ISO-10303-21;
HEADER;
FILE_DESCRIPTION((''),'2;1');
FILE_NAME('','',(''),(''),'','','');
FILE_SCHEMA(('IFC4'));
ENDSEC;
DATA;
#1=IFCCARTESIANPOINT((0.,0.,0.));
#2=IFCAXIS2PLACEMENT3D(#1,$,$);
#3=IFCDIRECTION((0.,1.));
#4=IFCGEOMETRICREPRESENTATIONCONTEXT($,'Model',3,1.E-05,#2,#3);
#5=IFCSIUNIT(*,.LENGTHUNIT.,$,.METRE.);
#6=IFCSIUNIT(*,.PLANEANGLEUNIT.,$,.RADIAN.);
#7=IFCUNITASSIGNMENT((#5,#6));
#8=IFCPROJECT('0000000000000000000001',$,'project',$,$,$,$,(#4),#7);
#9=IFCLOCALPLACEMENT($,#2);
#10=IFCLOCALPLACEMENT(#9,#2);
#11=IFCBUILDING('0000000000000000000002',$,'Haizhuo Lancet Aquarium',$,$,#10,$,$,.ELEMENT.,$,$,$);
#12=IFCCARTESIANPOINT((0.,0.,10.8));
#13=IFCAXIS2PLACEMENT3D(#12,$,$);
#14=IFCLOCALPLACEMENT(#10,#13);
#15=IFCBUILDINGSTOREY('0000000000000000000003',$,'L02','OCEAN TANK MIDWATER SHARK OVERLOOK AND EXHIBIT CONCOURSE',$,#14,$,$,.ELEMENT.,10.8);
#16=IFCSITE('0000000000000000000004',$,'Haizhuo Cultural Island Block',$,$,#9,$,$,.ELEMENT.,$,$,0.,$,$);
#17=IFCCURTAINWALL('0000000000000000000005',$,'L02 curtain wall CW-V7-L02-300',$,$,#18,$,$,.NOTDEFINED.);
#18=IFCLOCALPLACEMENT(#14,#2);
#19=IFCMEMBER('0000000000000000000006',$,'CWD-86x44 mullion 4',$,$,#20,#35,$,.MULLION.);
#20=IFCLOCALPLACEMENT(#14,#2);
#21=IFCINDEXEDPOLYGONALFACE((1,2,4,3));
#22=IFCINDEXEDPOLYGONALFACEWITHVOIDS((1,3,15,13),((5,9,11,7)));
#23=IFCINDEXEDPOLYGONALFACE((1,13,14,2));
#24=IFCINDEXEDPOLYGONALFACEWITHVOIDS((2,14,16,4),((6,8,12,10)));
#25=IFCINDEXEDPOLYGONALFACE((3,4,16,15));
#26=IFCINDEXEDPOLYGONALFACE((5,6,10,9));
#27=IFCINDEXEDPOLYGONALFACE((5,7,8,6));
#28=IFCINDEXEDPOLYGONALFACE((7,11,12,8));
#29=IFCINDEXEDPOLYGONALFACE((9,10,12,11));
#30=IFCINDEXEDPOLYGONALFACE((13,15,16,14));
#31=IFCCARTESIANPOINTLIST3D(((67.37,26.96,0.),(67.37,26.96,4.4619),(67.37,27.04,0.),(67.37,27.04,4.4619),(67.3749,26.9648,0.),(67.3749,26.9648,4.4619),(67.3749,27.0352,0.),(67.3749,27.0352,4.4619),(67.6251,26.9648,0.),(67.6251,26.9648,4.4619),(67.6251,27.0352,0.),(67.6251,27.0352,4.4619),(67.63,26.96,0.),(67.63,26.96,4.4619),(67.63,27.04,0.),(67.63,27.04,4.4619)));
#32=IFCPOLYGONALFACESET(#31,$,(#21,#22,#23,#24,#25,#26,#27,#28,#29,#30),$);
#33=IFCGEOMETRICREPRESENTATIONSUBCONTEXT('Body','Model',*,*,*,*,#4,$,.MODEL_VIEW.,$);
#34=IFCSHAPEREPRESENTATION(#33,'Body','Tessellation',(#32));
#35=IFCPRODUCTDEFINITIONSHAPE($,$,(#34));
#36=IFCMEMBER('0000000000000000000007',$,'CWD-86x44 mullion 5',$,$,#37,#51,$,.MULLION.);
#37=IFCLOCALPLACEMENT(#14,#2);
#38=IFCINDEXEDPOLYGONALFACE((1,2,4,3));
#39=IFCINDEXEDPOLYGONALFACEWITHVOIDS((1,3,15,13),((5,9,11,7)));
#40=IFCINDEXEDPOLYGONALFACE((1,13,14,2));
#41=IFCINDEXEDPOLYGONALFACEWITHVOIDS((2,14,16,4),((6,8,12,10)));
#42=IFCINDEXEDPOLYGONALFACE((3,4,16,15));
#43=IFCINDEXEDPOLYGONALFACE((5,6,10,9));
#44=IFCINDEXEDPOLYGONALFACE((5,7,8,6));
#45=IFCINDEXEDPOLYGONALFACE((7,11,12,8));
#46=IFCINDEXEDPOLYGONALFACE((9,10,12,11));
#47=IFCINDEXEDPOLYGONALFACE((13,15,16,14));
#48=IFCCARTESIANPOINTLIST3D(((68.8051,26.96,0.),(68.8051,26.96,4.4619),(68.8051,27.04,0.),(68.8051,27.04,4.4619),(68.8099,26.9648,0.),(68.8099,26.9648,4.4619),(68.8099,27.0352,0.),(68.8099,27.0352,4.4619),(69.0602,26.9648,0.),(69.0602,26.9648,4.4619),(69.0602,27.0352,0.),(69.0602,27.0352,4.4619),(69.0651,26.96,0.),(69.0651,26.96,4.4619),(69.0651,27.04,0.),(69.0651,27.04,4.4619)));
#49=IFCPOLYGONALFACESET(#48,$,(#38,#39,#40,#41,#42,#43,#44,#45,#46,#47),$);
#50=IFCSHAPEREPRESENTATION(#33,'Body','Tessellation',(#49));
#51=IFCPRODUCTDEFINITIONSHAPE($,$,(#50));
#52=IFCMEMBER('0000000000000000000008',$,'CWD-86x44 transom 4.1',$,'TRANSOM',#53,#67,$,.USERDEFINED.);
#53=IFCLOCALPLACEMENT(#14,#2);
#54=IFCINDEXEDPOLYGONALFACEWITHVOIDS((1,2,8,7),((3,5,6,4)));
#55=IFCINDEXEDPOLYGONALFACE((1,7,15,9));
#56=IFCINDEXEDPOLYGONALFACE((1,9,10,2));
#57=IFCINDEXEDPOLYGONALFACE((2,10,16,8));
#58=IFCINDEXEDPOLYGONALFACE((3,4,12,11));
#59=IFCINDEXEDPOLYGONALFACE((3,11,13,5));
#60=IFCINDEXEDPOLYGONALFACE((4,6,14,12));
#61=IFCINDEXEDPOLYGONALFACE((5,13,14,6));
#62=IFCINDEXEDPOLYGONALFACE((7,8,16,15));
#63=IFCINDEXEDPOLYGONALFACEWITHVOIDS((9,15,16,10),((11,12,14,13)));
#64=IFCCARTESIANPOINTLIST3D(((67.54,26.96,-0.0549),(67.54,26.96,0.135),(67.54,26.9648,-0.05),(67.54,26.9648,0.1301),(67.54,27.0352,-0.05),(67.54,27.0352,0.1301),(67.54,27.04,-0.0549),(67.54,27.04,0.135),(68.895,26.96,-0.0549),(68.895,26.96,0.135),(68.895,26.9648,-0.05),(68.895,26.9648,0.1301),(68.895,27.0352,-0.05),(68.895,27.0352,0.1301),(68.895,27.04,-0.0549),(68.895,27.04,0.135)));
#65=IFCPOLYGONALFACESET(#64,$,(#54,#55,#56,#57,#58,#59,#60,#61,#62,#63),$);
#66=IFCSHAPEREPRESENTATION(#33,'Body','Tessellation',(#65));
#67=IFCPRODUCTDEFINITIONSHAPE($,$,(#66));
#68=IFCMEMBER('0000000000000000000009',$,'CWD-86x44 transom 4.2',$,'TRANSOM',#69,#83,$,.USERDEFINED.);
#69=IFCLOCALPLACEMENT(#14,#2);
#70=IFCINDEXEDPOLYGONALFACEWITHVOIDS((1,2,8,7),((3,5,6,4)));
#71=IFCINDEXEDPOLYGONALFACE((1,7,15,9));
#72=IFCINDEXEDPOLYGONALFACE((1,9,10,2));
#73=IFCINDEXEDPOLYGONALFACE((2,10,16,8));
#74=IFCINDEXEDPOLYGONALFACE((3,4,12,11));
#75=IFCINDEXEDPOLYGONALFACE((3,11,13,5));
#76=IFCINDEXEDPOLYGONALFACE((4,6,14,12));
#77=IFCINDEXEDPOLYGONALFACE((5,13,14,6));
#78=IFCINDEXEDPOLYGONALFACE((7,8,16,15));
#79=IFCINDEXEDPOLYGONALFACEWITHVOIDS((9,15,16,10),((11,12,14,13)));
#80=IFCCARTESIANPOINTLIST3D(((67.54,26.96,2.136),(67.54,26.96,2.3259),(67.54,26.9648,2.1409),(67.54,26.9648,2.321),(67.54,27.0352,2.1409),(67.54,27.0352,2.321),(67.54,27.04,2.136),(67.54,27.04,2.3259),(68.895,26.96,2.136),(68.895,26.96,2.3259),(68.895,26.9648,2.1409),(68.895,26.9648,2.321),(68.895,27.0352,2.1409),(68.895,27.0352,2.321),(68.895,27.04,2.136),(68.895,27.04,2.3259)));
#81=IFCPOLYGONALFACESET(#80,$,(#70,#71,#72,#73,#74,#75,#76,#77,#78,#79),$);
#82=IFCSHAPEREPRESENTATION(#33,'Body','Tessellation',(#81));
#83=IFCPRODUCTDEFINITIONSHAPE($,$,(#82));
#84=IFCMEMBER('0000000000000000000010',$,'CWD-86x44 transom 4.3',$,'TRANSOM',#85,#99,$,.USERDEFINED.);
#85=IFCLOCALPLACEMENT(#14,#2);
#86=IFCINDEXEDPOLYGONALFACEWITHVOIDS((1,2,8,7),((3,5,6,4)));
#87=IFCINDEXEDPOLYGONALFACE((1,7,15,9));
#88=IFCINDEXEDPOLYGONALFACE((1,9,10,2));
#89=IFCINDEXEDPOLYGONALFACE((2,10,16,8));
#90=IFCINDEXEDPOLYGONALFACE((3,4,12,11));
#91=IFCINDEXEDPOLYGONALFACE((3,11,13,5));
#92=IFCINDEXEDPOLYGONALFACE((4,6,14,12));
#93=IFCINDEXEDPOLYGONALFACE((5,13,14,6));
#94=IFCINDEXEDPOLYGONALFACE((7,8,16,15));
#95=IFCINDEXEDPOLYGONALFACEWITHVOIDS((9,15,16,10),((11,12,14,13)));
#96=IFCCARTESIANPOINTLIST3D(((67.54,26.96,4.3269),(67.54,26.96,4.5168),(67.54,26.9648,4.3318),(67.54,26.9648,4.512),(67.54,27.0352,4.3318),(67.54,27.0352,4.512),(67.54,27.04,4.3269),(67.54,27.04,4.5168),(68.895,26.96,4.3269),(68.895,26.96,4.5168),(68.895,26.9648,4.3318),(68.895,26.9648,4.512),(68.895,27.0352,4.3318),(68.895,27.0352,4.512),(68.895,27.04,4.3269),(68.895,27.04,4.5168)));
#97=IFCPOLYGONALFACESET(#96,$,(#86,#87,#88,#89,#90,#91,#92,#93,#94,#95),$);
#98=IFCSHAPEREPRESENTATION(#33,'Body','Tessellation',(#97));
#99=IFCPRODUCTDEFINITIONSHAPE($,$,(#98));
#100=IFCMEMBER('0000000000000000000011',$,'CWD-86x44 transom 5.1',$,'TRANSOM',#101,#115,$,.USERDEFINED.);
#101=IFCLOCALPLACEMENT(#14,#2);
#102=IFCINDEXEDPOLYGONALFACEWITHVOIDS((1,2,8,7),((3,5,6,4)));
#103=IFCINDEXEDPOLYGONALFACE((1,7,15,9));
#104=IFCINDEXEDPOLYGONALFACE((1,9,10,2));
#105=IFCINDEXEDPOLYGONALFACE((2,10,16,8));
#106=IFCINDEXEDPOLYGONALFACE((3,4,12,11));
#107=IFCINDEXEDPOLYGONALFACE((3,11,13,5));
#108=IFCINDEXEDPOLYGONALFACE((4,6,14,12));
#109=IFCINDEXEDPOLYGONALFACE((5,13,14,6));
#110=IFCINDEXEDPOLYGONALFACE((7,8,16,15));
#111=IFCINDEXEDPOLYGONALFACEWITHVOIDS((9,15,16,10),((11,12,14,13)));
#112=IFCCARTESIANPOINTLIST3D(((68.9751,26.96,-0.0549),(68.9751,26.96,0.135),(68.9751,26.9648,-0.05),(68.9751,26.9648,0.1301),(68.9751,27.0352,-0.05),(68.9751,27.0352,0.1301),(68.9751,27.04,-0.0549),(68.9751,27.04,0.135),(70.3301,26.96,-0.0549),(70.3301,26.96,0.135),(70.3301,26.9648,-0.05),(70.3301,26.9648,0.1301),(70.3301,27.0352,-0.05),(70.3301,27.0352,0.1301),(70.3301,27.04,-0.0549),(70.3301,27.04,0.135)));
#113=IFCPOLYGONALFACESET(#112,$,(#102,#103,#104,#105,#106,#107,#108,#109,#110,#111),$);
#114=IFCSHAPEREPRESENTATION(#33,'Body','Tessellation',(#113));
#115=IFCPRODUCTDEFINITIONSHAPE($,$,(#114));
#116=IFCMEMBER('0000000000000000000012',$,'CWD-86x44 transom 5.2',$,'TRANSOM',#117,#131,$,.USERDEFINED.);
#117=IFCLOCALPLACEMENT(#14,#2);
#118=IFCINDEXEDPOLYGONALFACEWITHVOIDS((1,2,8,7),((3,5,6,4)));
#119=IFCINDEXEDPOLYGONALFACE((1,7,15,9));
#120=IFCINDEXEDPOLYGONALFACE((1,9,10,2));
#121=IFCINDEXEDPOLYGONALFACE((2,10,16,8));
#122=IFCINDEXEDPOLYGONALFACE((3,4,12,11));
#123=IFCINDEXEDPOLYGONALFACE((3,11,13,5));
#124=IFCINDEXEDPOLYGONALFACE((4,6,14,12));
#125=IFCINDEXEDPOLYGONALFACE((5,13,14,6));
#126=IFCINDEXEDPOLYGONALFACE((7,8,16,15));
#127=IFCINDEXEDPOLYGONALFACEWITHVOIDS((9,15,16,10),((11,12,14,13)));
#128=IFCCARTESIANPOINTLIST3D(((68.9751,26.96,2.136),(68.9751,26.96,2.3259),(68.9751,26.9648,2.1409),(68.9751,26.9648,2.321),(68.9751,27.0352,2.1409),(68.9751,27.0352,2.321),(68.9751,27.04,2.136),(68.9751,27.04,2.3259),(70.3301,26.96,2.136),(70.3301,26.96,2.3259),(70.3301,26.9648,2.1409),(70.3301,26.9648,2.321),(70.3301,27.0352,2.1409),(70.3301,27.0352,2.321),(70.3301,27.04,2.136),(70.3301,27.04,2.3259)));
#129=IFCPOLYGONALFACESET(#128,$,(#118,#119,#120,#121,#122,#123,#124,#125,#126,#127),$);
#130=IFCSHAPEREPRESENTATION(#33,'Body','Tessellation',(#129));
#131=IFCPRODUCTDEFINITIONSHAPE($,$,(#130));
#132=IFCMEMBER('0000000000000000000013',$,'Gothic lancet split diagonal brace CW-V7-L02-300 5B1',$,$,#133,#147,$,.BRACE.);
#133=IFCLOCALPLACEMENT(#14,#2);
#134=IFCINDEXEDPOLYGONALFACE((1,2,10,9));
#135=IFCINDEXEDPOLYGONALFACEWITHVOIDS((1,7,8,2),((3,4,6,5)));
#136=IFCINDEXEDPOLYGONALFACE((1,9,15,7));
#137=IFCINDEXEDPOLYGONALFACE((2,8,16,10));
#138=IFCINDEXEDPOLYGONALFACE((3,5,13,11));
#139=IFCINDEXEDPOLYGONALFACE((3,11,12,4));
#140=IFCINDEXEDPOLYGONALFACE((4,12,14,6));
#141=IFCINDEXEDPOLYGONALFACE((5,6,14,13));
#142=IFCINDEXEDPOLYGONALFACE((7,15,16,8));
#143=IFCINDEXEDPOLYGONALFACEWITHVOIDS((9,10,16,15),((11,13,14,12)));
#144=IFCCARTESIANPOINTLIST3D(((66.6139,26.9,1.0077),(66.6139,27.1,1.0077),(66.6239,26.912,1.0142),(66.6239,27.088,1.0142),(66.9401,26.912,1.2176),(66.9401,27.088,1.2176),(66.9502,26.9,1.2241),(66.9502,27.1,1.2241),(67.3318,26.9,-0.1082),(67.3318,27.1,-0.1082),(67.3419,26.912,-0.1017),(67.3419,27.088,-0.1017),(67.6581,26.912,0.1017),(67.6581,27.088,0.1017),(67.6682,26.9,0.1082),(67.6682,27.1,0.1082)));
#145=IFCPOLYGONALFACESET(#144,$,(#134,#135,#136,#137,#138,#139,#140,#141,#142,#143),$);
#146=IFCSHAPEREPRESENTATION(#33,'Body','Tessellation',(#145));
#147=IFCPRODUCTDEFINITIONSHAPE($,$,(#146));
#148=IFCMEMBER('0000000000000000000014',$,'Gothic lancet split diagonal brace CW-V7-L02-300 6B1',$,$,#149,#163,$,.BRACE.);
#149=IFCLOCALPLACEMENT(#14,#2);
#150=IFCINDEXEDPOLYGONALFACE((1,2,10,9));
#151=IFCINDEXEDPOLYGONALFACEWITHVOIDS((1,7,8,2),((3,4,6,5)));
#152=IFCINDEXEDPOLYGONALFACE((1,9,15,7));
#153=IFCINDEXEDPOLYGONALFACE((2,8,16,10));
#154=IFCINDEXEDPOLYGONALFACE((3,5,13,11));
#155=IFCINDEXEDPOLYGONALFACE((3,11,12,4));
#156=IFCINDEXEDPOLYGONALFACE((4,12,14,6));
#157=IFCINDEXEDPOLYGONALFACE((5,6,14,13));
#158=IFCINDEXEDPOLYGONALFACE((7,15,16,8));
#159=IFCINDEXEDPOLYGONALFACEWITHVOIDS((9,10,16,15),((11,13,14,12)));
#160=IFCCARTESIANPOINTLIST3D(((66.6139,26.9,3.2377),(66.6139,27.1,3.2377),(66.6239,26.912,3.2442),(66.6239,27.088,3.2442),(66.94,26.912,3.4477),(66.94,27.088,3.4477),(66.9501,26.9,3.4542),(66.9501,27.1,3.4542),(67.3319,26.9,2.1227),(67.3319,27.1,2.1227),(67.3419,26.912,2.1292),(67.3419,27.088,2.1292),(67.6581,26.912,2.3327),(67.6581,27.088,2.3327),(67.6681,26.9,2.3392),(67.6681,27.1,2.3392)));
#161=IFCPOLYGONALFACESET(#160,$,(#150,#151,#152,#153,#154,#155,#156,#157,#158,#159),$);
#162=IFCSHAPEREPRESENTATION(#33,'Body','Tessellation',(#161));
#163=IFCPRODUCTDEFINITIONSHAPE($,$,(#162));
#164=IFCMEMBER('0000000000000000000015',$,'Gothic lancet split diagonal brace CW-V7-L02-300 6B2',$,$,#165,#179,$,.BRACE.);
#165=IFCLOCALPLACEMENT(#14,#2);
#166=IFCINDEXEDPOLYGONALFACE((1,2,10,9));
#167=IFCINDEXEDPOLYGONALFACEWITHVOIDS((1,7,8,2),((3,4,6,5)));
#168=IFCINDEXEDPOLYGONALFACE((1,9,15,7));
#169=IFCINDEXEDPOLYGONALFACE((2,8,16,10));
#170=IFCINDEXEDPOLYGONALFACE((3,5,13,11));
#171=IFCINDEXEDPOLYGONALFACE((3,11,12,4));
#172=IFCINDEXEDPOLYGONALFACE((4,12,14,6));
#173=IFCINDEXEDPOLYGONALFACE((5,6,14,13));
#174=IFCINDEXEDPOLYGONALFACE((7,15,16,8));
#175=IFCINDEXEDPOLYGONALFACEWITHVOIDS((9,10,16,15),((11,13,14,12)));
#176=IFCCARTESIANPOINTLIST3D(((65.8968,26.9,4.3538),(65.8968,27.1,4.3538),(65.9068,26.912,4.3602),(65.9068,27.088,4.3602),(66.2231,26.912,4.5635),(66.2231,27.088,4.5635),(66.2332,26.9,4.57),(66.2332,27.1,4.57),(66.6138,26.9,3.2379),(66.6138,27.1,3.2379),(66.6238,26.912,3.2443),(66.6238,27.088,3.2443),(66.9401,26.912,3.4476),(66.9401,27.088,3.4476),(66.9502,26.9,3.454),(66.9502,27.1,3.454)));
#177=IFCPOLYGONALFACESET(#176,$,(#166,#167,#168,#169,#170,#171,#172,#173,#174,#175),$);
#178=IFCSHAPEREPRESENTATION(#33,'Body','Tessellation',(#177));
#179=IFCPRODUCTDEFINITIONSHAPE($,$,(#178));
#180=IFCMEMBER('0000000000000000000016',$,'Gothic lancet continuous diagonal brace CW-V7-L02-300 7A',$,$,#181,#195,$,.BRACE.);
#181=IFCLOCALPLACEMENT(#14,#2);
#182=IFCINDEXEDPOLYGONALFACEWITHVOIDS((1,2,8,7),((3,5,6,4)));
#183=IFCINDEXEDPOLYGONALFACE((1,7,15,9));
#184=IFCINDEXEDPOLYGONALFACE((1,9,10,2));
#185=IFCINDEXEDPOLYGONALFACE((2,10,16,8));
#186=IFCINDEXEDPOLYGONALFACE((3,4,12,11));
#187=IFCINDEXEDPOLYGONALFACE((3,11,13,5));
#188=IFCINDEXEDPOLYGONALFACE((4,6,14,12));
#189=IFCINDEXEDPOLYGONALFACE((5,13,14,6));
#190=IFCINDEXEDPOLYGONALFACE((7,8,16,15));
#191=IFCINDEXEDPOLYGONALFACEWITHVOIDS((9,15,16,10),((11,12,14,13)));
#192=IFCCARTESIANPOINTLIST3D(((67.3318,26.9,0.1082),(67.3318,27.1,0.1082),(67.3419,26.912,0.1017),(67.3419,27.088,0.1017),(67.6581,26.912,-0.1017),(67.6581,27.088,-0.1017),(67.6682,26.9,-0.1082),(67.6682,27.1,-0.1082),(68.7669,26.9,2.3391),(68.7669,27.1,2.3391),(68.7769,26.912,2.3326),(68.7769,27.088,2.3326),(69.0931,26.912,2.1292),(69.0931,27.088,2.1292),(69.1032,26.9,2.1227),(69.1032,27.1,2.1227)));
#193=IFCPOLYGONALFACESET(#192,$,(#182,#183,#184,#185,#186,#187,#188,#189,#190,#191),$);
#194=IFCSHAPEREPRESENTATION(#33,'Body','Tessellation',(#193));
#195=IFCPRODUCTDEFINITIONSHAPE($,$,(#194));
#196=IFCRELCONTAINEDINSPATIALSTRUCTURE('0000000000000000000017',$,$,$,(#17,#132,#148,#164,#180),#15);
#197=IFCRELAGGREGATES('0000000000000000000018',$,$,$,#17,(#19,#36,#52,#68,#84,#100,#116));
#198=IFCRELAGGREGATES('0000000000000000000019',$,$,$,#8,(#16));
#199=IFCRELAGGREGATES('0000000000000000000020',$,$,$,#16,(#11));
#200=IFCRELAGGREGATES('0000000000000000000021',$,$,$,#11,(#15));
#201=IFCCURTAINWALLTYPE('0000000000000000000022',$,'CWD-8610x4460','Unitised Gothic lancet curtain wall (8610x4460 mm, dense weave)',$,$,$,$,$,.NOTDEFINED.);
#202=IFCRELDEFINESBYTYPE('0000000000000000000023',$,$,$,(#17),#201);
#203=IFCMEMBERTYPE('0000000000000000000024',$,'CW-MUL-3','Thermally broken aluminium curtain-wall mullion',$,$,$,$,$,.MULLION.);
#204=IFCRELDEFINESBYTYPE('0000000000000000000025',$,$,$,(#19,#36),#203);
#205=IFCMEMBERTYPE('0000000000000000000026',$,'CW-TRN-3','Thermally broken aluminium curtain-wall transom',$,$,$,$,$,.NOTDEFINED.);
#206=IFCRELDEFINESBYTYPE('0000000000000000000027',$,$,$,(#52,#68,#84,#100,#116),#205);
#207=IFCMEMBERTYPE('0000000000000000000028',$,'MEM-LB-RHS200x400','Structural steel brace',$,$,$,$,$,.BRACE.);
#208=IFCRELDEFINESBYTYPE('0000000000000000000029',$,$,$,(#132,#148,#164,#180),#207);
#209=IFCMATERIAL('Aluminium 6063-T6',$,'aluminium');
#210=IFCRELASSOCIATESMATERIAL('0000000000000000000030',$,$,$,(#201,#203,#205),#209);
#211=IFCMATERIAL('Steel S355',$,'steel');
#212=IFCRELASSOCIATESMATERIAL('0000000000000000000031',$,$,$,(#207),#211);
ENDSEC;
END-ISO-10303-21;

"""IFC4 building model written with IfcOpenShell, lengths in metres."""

from ifc_helpers import new_model, si_unit, direction, frame, origin, origin_2d, place, context, subcontext, project, spatial, hollow_rectangle, extrude, material, material_profile, profile_set, type_object, element, aggregate, save


model = new_model("IFC4")

# Units and contexts
model_context = context("Model", 3, precision=1e-05, world=origin(), true_north=direction((0.0, 1.0)))
body_context = subcontext(model_context, "Body", "Model", "MODEL_VIEW")
ifc_project = project(units=[si_unit("LENGTHUNIT", "METRE"), si_unit("PLANEANGLEUNIT", "RADIAN")], contexts=[model_context])

# Site, building, storey
site_placement = place(None, origin())
site = spatial("IfcSite", under=ifc_project, at=site_placement, Name="Haizhuo Cultural Island Block", CompositionType="ELEMENT", RefElevation=0.0)
building_placement = place(site_placement, origin())
building = spatial("IfcBuilding", under=site, at=building_placement, Name="Haizhuo Lancet Aquarium", CompositionType="ELEMENT")
storey_placement = place(building_placement, frame((0.0, 0.0, 10.8)))
storey = spatial("IfcBuildingStorey", under=building, at=storey_placement, Name="L02", Description="OCEAN TANK MIDWATER SHARK OVERLOOK AND EXHIBIT CONCOURSE", CompositionType="ELEMENT", Elevation=10.8)

# Curtain wall, members
ifc_material_1 = material(Name="Aluminium 6063-T6", Category="aluminium")
curtain_wall_type = type_object("IfcCurtainWallType", Name="CWD-8610x4460", Description="Unitised Gothic lancet curtain wall (8610x4460 mm, dense weave)", PredefinedType="NOTDEFINED", material=ifc_material_1)
curtain_wall_placement = place(storey_placement, origin())
curtain_wall = element("IfcCurtainWall", 1, at=curtain_wall_placement, inside=storey, type_object=curtain_wall_type, Name="L02 curtain wall CW-V7-L02-300", PredefinedType="NOTDEFINED")
ifc_material_profile_1 = material_profile(ifc_material_1, hollow_rectangle(XDim=0.0801, YDim=0.26, WallThickness=0.0049, at=origin_2d()), Name="ALU-M 80x260x5")
ifc_profile_set_1 = profile_set([ifc_material_profile_1], Name="Aluminium 6063-T6")
member_type_1 = type_object("IfcMemberType", Name="CW-MUL-3", Description="Thermally broken aluminium curtain-wall mullion", PredefinedType="MULLION", material=ifc_profile_set_1)
member_1_placement = place(storey_placement, frame((67.5, 27.0, 0.0), z_axis=(0.0, 0.0, 1.0), x_axis=(0.0, 1.0, 0.0)))
member_1 = element("IfcMember", 2, at=member_1_placement, type_object=member_type_1, Name="CWD-86x44 mullion 4", PredefinedType="MULLION", context=body_context, shape_type="SweptSolid", body=[
    extrude(hollow_rectangle(XDim=0.0801, YDim=0.26, WallThickness=0.0049, at=origin_2d()), origin(), (0.0, 0.0, 1.0), 4.4619),
])
member_2_placement = place(storey_placement, frame((68.9351, 27.0, 0.0), z_axis=(0.0, 0.0, 1.0), x_axis=(0.0, 1.0, 0.0)))
member_2 = element("IfcMember", 3, at=member_2_placement, type_object=member_type_1, Name="CWD-86x44 mullion 5", PredefinedType="MULLION", context=body_context, shape_type="SweptSolid", body=[
    extrude(hollow_rectangle(XDim=0.0801, YDim=0.26, WallThickness=0.0049, at=origin_2d()), origin(), (0.0, 0.0, 1.0), 4.4619),
])
ifc_material_profile_2 = material_profile(ifc_material_1, hollow_rectangle(XDim=0.0801, YDim=0.1899, WallThickness=0.0049, at=origin_2d()), Name="ALU-T 80x190x5")
ifc_profile_set_2 = profile_set([ifc_material_profile_2], Name="Aluminium 6063-T6")
member_type_2 = type_object("IfcMemberType", Name="CW-TRN-3", Description="Thermally broken aluminium curtain-wall transom", PredefinedType="NOTDEFINED", material=ifc_profile_set_2)
member_3_placement = place(storey_placement, frame((67.54, 27.0, 0.04), z_axis=(1.0, 0.0, 0.0), x_axis=(0.0, 1.0, 0.0)))
member_3 = element("IfcMember", 4, at=member_3_placement, type_object=member_type_2, Name="CWD-86x44 transom 4.1", ObjectType="TRANSOM", PredefinedType="USERDEFINED", context=body_context, shape_type="SweptSolid", body=[
    extrude(hollow_rectangle(XDim=0.0801, YDim=0.1899, WallThickness=0.0049, at=origin_2d()), origin(), (0.0, 0.0, 1.0), 1.355),
])
member_4_placement = place(storey_placement, frame((67.54, 27.0, 2.231), z_axis=(1.0, 0.0, 0.0), x_axis=(0.0, 1.0, 0.0)))
member_4 = element("IfcMember", 5, at=member_4_placement, type_object=member_type_2, Name="CWD-86x44 transom 4.2", ObjectType="TRANSOM", PredefinedType="USERDEFINED", context=body_context, shape_type="SweptSolid", body=[
    extrude(hollow_rectangle(XDim=0.0801, YDim=0.1899, WallThickness=0.0049, at=origin_2d()), origin(), (0.0, 0.0, 1.0), 1.355),
])
member_5_placement = place(storey_placement, frame((67.54, 27.0, 4.4219), z_axis=(1.0, 0.0, 0.0), x_axis=(0.0, 1.0, 0.0)))
member_5 = element("IfcMember", 6, at=member_5_placement, type_object=member_type_2, Name="CWD-86x44 transom 4.3", ObjectType="TRANSOM", PredefinedType="USERDEFINED", context=body_context, shape_type="SweptSolid", body=[
    extrude(hollow_rectangle(XDim=0.0801, YDim=0.1899, WallThickness=0.0049, at=origin_2d()), origin(), (0.0, 0.0, 1.0), 1.355),
])
member_6_placement = place(storey_placement, frame((68.9751, 27.0, 0.04), z_axis=(1.0, 0.0, 0.0), x_axis=(0.0, 1.0, 0.0)))
member_6 = element("IfcMember", 7, at=member_6_placement, type_object=member_type_2, Name="CWD-86x44 transom 5.1", ObjectType="TRANSOM", PredefinedType="USERDEFINED", context=body_context, shape_type="SweptSolid", body=[
    extrude(hollow_rectangle(XDim=0.0801, YDim=0.1899, WallThickness=0.0049, at=origin_2d()), origin(), (0.0, 0.0, 1.0), 1.355),
])
member_7_placement = place(storey_placement, frame((68.9751, 27.0, 2.231), z_axis=(1.0, 0.0, 0.0), x_axis=(0.0, 1.0, 0.0)))
member_7 = element("IfcMember", 8, at=member_7_placement, type_object=member_type_2, Name="CWD-86x44 transom 5.2", ObjectType="TRANSOM", PredefinedType="USERDEFINED", context=body_context, shape_type="SweptSolid", body=[
    extrude(hollow_rectangle(XDim=0.0801, YDim=0.1899, WallThickness=0.0049, at=origin_2d()), origin(), (0.0, 0.0, 1.0), 1.355),
])

# Members
ifc_material_2 = material(Name="Steel S355", Category="steel")
ifc_material_profile_3 = material_profile(ifc_material_2, hollow_rectangle(XDim=0.2, YDim=0.3999, WallThickness=0.012, at=origin_2d()), Name="RHS 200x400x12")
ifc_profile_set_3 = profile_set([ifc_material_profile_3], Name="Steel S355")
member_type_3 = type_object("IfcMemberType", Name="MEM-LB-RHS200x400", Description="Structural steel brace", PredefinedType="BRACE", material=ifc_profile_set_3)
member_8_placement = place(storey_placement, frame((67.5, 27.0, 0.0), z_axis=(-0.541083, 0.0, 0.840969), x_axis=(0.0, -1.0, 0.0)))
element("IfcMember", 9, at=member_8_placement, inside=storey, type_object=member_type_3, Name="Gothic lancet split diagonal brace CW-V7-L02-300 5B1", PredefinedType="BRACE", context=body_context, shape_type="SweptSolid", body=[
    extrude(hollow_rectangle(XDim=0.2, YDim=0.3999, WallThickness=0.012, at=origin_2d()), origin(), (0.0, 0.0, 1.0), 1.3269),
])
member_9_placement = place(storey_placement, frame((67.5, 27.0, 2.231), z_axis=(-0.541418, 0.0, 0.840754), x_axis=(0.0, -1.0, 0.0)))
element("IfcMember", 10, at=member_9_placement, inside=storey, type_object=member_type_3, Name="Gothic lancet split diagonal brace CW-V7-L02-300 6B1", PredefinedType="BRACE", context=body_context, shape_type="SweptSolid", body=[
    extrude(hollow_rectangle(XDim=0.2, YDim=0.3999, WallThickness=0.012, at=origin_2d()), origin(), (0.0, 0.0, 1.0), 1.3262),
])
member_10_placement = place(storey_placement, frame((66.782, 27.0, 3.3459), z_axis=(-0.540562, 0.0, 0.841304), x_axis=(0.0, -1.0, 0.0)))
element("IfcMember", 11, at=member_10_placement, inside=storey, type_object=member_type_3, Name="Gothic lancet split diagonal brace CW-V7-L02-300 6B2", PredefinedType="BRACE", context=body_context, shape_type="SweptSolid", body=[
    extrude(hollow_rectangle(XDim=0.2, YDim=0.3999, WallThickness=0.012, at=origin_2d()), origin(), (0.0, 0.0, 1.0), 1.3264),
])
member_11_placement = place(storey_placement, frame((67.5, 27.0, 0.0), z_axis=(0.54099, 0.0, 0.841029), x_axis=(0.0, 1.0, 0.0)))
element("IfcMember", 12, at=member_11_placement, inside=storey, type_object=member_type_3, Name="Gothic lancet continuous diagonal brace CW-V7-L02-300 7A", PredefinedType="BRACE", context=body_context, shape_type="SweptSolid", body=[
    extrude(hollow_rectangle(XDim=0.2, YDim=0.3999, WallThickness=0.012, at=origin_2d()), origin(), (0.0, 0.0, 1.0), 2.6526),
])

aggregate(curtain_wall, [member_1, member_2, member_3, member_4, member_5, member_6, member_7])

save(model, "model.ifc")
